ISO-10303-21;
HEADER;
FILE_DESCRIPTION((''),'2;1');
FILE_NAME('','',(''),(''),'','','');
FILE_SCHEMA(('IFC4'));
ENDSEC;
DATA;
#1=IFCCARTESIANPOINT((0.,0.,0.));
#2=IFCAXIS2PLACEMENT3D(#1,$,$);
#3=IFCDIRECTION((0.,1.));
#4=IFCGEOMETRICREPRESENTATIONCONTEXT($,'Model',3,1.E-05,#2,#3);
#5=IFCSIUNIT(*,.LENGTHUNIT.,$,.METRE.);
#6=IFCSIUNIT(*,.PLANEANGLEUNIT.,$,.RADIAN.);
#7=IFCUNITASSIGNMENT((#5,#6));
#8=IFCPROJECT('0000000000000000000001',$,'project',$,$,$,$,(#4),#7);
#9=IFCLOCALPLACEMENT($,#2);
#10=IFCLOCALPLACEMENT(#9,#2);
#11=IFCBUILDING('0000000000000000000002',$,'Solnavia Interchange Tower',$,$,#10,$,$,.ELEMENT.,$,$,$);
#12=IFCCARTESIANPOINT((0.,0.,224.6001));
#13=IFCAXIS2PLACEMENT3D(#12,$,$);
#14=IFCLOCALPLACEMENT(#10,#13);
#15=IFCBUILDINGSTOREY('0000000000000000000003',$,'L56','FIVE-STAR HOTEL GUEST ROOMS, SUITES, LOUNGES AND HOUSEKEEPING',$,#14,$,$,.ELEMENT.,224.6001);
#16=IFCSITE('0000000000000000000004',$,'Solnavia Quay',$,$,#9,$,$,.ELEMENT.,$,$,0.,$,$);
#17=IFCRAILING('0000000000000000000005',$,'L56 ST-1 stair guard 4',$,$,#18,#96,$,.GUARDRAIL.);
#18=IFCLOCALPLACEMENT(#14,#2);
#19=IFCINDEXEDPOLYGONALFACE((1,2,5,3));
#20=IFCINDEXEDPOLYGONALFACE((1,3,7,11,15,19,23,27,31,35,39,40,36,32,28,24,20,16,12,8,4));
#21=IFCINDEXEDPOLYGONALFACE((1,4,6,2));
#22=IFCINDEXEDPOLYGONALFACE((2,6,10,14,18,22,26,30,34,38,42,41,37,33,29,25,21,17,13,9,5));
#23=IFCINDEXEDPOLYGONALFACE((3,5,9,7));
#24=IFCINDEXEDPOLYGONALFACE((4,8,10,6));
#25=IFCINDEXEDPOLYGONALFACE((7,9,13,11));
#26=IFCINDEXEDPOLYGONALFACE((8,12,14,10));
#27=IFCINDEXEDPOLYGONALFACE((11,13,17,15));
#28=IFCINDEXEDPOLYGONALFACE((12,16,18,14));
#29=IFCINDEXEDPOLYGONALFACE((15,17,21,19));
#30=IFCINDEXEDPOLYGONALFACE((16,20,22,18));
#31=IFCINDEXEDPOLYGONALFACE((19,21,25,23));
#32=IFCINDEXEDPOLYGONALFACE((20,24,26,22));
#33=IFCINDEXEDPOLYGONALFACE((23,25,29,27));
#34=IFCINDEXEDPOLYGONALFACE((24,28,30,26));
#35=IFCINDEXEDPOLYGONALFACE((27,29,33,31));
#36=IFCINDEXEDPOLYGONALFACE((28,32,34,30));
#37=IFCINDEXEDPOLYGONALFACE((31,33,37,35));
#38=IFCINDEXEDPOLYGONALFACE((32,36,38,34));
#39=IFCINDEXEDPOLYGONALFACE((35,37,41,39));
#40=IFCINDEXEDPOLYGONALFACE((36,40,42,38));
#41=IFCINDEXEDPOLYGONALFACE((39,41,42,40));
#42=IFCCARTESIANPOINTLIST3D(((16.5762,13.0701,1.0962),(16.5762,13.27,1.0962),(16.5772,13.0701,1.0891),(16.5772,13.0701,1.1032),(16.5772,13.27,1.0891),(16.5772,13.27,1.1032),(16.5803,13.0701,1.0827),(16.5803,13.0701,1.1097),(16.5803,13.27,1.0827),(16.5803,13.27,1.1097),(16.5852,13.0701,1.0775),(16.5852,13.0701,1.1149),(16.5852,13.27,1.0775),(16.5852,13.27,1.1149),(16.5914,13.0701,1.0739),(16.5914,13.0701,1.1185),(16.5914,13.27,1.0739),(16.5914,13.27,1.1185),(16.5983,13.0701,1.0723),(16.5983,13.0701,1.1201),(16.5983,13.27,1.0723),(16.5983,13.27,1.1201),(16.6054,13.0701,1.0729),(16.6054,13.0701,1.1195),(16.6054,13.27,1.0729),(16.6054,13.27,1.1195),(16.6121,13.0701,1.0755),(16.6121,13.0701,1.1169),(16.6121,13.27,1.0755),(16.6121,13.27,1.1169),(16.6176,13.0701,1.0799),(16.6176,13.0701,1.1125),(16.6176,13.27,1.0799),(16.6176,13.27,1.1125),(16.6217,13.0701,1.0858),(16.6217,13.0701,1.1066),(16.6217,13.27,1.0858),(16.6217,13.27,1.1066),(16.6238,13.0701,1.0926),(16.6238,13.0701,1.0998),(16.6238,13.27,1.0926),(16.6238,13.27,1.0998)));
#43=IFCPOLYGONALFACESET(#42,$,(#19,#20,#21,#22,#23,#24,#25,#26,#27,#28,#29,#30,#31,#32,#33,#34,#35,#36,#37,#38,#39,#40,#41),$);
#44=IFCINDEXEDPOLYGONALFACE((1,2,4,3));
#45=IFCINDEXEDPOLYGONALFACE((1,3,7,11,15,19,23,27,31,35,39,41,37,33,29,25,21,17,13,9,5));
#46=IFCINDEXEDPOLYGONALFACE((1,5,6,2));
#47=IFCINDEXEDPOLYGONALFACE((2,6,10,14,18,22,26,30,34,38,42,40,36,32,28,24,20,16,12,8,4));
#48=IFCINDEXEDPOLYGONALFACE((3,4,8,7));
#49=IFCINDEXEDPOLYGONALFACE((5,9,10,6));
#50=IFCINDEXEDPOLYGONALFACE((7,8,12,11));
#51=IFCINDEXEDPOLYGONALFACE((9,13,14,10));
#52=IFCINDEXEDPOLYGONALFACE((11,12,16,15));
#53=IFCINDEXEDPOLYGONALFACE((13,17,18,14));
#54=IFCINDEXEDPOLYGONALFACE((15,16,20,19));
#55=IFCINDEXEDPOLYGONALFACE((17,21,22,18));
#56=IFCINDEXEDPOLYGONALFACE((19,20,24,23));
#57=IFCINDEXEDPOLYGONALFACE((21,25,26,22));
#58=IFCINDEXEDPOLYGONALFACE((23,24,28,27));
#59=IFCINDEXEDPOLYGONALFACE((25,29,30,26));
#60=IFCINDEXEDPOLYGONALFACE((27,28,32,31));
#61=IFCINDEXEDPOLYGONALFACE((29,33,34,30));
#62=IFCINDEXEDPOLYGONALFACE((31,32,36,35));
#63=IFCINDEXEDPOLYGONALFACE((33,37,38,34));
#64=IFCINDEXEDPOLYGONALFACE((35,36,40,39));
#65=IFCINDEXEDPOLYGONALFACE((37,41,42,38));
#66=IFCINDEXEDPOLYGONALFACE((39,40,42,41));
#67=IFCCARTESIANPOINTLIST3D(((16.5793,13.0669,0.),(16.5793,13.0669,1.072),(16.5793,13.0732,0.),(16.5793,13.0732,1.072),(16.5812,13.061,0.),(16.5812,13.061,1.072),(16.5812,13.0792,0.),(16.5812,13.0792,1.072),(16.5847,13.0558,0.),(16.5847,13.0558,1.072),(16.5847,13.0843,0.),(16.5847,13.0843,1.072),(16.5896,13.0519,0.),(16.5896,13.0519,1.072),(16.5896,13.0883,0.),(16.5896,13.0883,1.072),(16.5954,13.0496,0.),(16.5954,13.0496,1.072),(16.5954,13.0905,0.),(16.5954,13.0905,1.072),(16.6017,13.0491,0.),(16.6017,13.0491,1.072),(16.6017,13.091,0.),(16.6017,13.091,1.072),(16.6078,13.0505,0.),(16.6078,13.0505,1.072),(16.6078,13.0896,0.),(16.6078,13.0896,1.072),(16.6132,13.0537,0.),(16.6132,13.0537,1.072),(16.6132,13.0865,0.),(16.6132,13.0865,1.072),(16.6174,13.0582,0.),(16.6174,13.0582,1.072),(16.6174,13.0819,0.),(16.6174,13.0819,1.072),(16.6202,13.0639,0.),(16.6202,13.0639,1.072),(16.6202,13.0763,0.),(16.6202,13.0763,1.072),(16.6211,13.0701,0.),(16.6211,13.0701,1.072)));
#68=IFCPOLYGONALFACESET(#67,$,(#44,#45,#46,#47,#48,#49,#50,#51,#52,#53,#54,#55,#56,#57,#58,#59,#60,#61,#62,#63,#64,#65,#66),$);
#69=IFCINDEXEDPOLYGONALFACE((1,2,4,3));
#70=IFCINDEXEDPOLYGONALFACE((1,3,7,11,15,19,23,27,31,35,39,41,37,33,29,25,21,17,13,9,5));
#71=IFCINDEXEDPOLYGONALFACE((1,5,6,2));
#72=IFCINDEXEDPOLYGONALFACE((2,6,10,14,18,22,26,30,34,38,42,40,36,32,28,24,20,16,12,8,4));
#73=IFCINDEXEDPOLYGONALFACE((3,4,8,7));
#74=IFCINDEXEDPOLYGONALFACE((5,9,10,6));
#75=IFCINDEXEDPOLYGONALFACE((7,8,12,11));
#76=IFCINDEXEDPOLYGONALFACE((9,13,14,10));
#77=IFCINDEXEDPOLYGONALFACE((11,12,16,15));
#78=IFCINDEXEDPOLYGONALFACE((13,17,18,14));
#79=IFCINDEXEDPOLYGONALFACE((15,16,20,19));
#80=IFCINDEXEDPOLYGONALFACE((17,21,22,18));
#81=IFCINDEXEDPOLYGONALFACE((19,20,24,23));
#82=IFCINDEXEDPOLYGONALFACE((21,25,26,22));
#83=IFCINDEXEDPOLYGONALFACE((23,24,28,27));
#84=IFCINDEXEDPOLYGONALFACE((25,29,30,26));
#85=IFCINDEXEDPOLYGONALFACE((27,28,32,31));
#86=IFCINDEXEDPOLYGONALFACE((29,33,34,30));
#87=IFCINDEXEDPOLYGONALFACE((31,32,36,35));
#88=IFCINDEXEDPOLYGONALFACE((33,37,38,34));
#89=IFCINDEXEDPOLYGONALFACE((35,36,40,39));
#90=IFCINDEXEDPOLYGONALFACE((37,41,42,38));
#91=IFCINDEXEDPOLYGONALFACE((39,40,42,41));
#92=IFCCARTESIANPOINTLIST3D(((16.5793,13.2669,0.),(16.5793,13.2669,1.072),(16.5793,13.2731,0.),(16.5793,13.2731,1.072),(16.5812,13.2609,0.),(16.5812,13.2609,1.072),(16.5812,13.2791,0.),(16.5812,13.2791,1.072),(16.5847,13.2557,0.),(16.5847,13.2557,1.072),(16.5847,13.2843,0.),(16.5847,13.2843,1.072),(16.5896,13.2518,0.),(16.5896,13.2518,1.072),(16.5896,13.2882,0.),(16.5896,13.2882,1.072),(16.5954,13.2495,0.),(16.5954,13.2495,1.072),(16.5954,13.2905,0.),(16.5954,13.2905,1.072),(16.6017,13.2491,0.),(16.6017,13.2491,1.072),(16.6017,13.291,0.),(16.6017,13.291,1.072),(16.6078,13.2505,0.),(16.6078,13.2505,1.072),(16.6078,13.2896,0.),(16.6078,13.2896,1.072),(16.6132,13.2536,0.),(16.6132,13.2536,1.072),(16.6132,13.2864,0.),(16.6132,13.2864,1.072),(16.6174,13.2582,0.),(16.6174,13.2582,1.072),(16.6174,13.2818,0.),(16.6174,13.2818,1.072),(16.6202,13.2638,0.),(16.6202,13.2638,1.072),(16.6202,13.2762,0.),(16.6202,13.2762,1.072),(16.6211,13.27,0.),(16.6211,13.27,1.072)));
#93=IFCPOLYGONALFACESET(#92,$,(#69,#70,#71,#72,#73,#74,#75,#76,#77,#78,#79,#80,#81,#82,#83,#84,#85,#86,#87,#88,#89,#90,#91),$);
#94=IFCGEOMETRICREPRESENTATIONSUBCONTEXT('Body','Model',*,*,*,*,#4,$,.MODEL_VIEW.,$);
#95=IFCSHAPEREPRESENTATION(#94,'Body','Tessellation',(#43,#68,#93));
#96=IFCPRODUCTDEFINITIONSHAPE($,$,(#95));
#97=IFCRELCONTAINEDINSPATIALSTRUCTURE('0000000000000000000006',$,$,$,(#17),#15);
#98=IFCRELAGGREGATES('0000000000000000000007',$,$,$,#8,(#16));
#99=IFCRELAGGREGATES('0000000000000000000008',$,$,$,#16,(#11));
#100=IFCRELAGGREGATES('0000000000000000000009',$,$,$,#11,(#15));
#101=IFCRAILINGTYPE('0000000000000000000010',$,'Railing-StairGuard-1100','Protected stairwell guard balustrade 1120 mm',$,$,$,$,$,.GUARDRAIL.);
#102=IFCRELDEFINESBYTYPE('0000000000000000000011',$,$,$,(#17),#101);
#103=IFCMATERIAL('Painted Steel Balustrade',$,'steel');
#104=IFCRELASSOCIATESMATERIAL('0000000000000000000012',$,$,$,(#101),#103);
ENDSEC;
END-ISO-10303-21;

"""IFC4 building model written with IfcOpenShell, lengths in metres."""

from ifc_helpers import new_model, si_unit, direction, frame, origin, origin_2d, place, context, subcontext, project, spatial, circle, extrude, material, type_object, element, save


model = new_model("IFC4")

# Units and contexts
model_context = context("Model", 3, precision=1e-05, world=origin(), true_north=direction((0.0, 1.0)))
body_context = subcontext(model_context, "Body", "Model", "MODEL_VIEW")
ifc_project = project(units=[si_unit("LENGTHUNIT", "METRE"), si_unit("PLANEANGLEUNIT", "RADIAN")], contexts=[model_context])

# Site, building, storey
site_placement = place(None, origin())
site = spatial("IfcSite", under=ifc_project, at=site_placement, Name="Solnavia Quay", CompositionType="ELEMENT", RefElevation=0.0)
building_placement = place(site_placement, origin())
building = spatial("IfcBuilding", under=site, at=building_placement, Name="Solnavia Interchange Tower", CompositionType="ELEMENT")
storey_placement = place(building_placement, frame((0.0, 0.0, 224.6001)))
storey = spatial("IfcBuildingStorey", under=building, at=storey_placement, Name="L56", Description="FIVE-STAR HOTEL GUEST ROOMS, SUITES, LOUNGES AND HOUSEKEEPING", CompositionType="ELEMENT", Elevation=224.6001)

# Railing
ifc_material_1 = material(Name="Painted Steel Balustrade", Category="steel")
railing_type_1 = type_object("IfcRailingType", Name="Railing-StairGuard-1100", Description="Protected stairwell guard balustrade 1120 mm", PredefinedType="GUARDRAIL", material=ifc_material_1)
railing_1_placement = place(storey_placement, frame((16.6001, 13.0701, 0.0)))
element("IfcRailing", 1, at=railing_1_placement, inside=storey, type_object=railing_type_1, Name="L56 ST-1 stair guard 4", PredefinedType="GUARDRAIL", context=body_context, shape_type="SweptSolid", body=[
    extrude(circle(Radius=0.0239, at=origin_2d()), frame((0.0, 0.0, 1.0962), z_axis=(0.0, 1.0, 0.0), x_axis=(-1.0, 0.0, 0.0)), (0.0, 0.0, 1.0), 0.2),
    extrude(circle(Radius=0.021, at=origin_2d()), origin(), (0.0, 0.0, 1.0), 1.072),
    extrude(circle(Radius=0.021, at=origin_2d()), frame((0.0, 0.2, 0.0)), (0.0, 0.0, 1.0), 1.072),
])

save(model, "model.ifc")
